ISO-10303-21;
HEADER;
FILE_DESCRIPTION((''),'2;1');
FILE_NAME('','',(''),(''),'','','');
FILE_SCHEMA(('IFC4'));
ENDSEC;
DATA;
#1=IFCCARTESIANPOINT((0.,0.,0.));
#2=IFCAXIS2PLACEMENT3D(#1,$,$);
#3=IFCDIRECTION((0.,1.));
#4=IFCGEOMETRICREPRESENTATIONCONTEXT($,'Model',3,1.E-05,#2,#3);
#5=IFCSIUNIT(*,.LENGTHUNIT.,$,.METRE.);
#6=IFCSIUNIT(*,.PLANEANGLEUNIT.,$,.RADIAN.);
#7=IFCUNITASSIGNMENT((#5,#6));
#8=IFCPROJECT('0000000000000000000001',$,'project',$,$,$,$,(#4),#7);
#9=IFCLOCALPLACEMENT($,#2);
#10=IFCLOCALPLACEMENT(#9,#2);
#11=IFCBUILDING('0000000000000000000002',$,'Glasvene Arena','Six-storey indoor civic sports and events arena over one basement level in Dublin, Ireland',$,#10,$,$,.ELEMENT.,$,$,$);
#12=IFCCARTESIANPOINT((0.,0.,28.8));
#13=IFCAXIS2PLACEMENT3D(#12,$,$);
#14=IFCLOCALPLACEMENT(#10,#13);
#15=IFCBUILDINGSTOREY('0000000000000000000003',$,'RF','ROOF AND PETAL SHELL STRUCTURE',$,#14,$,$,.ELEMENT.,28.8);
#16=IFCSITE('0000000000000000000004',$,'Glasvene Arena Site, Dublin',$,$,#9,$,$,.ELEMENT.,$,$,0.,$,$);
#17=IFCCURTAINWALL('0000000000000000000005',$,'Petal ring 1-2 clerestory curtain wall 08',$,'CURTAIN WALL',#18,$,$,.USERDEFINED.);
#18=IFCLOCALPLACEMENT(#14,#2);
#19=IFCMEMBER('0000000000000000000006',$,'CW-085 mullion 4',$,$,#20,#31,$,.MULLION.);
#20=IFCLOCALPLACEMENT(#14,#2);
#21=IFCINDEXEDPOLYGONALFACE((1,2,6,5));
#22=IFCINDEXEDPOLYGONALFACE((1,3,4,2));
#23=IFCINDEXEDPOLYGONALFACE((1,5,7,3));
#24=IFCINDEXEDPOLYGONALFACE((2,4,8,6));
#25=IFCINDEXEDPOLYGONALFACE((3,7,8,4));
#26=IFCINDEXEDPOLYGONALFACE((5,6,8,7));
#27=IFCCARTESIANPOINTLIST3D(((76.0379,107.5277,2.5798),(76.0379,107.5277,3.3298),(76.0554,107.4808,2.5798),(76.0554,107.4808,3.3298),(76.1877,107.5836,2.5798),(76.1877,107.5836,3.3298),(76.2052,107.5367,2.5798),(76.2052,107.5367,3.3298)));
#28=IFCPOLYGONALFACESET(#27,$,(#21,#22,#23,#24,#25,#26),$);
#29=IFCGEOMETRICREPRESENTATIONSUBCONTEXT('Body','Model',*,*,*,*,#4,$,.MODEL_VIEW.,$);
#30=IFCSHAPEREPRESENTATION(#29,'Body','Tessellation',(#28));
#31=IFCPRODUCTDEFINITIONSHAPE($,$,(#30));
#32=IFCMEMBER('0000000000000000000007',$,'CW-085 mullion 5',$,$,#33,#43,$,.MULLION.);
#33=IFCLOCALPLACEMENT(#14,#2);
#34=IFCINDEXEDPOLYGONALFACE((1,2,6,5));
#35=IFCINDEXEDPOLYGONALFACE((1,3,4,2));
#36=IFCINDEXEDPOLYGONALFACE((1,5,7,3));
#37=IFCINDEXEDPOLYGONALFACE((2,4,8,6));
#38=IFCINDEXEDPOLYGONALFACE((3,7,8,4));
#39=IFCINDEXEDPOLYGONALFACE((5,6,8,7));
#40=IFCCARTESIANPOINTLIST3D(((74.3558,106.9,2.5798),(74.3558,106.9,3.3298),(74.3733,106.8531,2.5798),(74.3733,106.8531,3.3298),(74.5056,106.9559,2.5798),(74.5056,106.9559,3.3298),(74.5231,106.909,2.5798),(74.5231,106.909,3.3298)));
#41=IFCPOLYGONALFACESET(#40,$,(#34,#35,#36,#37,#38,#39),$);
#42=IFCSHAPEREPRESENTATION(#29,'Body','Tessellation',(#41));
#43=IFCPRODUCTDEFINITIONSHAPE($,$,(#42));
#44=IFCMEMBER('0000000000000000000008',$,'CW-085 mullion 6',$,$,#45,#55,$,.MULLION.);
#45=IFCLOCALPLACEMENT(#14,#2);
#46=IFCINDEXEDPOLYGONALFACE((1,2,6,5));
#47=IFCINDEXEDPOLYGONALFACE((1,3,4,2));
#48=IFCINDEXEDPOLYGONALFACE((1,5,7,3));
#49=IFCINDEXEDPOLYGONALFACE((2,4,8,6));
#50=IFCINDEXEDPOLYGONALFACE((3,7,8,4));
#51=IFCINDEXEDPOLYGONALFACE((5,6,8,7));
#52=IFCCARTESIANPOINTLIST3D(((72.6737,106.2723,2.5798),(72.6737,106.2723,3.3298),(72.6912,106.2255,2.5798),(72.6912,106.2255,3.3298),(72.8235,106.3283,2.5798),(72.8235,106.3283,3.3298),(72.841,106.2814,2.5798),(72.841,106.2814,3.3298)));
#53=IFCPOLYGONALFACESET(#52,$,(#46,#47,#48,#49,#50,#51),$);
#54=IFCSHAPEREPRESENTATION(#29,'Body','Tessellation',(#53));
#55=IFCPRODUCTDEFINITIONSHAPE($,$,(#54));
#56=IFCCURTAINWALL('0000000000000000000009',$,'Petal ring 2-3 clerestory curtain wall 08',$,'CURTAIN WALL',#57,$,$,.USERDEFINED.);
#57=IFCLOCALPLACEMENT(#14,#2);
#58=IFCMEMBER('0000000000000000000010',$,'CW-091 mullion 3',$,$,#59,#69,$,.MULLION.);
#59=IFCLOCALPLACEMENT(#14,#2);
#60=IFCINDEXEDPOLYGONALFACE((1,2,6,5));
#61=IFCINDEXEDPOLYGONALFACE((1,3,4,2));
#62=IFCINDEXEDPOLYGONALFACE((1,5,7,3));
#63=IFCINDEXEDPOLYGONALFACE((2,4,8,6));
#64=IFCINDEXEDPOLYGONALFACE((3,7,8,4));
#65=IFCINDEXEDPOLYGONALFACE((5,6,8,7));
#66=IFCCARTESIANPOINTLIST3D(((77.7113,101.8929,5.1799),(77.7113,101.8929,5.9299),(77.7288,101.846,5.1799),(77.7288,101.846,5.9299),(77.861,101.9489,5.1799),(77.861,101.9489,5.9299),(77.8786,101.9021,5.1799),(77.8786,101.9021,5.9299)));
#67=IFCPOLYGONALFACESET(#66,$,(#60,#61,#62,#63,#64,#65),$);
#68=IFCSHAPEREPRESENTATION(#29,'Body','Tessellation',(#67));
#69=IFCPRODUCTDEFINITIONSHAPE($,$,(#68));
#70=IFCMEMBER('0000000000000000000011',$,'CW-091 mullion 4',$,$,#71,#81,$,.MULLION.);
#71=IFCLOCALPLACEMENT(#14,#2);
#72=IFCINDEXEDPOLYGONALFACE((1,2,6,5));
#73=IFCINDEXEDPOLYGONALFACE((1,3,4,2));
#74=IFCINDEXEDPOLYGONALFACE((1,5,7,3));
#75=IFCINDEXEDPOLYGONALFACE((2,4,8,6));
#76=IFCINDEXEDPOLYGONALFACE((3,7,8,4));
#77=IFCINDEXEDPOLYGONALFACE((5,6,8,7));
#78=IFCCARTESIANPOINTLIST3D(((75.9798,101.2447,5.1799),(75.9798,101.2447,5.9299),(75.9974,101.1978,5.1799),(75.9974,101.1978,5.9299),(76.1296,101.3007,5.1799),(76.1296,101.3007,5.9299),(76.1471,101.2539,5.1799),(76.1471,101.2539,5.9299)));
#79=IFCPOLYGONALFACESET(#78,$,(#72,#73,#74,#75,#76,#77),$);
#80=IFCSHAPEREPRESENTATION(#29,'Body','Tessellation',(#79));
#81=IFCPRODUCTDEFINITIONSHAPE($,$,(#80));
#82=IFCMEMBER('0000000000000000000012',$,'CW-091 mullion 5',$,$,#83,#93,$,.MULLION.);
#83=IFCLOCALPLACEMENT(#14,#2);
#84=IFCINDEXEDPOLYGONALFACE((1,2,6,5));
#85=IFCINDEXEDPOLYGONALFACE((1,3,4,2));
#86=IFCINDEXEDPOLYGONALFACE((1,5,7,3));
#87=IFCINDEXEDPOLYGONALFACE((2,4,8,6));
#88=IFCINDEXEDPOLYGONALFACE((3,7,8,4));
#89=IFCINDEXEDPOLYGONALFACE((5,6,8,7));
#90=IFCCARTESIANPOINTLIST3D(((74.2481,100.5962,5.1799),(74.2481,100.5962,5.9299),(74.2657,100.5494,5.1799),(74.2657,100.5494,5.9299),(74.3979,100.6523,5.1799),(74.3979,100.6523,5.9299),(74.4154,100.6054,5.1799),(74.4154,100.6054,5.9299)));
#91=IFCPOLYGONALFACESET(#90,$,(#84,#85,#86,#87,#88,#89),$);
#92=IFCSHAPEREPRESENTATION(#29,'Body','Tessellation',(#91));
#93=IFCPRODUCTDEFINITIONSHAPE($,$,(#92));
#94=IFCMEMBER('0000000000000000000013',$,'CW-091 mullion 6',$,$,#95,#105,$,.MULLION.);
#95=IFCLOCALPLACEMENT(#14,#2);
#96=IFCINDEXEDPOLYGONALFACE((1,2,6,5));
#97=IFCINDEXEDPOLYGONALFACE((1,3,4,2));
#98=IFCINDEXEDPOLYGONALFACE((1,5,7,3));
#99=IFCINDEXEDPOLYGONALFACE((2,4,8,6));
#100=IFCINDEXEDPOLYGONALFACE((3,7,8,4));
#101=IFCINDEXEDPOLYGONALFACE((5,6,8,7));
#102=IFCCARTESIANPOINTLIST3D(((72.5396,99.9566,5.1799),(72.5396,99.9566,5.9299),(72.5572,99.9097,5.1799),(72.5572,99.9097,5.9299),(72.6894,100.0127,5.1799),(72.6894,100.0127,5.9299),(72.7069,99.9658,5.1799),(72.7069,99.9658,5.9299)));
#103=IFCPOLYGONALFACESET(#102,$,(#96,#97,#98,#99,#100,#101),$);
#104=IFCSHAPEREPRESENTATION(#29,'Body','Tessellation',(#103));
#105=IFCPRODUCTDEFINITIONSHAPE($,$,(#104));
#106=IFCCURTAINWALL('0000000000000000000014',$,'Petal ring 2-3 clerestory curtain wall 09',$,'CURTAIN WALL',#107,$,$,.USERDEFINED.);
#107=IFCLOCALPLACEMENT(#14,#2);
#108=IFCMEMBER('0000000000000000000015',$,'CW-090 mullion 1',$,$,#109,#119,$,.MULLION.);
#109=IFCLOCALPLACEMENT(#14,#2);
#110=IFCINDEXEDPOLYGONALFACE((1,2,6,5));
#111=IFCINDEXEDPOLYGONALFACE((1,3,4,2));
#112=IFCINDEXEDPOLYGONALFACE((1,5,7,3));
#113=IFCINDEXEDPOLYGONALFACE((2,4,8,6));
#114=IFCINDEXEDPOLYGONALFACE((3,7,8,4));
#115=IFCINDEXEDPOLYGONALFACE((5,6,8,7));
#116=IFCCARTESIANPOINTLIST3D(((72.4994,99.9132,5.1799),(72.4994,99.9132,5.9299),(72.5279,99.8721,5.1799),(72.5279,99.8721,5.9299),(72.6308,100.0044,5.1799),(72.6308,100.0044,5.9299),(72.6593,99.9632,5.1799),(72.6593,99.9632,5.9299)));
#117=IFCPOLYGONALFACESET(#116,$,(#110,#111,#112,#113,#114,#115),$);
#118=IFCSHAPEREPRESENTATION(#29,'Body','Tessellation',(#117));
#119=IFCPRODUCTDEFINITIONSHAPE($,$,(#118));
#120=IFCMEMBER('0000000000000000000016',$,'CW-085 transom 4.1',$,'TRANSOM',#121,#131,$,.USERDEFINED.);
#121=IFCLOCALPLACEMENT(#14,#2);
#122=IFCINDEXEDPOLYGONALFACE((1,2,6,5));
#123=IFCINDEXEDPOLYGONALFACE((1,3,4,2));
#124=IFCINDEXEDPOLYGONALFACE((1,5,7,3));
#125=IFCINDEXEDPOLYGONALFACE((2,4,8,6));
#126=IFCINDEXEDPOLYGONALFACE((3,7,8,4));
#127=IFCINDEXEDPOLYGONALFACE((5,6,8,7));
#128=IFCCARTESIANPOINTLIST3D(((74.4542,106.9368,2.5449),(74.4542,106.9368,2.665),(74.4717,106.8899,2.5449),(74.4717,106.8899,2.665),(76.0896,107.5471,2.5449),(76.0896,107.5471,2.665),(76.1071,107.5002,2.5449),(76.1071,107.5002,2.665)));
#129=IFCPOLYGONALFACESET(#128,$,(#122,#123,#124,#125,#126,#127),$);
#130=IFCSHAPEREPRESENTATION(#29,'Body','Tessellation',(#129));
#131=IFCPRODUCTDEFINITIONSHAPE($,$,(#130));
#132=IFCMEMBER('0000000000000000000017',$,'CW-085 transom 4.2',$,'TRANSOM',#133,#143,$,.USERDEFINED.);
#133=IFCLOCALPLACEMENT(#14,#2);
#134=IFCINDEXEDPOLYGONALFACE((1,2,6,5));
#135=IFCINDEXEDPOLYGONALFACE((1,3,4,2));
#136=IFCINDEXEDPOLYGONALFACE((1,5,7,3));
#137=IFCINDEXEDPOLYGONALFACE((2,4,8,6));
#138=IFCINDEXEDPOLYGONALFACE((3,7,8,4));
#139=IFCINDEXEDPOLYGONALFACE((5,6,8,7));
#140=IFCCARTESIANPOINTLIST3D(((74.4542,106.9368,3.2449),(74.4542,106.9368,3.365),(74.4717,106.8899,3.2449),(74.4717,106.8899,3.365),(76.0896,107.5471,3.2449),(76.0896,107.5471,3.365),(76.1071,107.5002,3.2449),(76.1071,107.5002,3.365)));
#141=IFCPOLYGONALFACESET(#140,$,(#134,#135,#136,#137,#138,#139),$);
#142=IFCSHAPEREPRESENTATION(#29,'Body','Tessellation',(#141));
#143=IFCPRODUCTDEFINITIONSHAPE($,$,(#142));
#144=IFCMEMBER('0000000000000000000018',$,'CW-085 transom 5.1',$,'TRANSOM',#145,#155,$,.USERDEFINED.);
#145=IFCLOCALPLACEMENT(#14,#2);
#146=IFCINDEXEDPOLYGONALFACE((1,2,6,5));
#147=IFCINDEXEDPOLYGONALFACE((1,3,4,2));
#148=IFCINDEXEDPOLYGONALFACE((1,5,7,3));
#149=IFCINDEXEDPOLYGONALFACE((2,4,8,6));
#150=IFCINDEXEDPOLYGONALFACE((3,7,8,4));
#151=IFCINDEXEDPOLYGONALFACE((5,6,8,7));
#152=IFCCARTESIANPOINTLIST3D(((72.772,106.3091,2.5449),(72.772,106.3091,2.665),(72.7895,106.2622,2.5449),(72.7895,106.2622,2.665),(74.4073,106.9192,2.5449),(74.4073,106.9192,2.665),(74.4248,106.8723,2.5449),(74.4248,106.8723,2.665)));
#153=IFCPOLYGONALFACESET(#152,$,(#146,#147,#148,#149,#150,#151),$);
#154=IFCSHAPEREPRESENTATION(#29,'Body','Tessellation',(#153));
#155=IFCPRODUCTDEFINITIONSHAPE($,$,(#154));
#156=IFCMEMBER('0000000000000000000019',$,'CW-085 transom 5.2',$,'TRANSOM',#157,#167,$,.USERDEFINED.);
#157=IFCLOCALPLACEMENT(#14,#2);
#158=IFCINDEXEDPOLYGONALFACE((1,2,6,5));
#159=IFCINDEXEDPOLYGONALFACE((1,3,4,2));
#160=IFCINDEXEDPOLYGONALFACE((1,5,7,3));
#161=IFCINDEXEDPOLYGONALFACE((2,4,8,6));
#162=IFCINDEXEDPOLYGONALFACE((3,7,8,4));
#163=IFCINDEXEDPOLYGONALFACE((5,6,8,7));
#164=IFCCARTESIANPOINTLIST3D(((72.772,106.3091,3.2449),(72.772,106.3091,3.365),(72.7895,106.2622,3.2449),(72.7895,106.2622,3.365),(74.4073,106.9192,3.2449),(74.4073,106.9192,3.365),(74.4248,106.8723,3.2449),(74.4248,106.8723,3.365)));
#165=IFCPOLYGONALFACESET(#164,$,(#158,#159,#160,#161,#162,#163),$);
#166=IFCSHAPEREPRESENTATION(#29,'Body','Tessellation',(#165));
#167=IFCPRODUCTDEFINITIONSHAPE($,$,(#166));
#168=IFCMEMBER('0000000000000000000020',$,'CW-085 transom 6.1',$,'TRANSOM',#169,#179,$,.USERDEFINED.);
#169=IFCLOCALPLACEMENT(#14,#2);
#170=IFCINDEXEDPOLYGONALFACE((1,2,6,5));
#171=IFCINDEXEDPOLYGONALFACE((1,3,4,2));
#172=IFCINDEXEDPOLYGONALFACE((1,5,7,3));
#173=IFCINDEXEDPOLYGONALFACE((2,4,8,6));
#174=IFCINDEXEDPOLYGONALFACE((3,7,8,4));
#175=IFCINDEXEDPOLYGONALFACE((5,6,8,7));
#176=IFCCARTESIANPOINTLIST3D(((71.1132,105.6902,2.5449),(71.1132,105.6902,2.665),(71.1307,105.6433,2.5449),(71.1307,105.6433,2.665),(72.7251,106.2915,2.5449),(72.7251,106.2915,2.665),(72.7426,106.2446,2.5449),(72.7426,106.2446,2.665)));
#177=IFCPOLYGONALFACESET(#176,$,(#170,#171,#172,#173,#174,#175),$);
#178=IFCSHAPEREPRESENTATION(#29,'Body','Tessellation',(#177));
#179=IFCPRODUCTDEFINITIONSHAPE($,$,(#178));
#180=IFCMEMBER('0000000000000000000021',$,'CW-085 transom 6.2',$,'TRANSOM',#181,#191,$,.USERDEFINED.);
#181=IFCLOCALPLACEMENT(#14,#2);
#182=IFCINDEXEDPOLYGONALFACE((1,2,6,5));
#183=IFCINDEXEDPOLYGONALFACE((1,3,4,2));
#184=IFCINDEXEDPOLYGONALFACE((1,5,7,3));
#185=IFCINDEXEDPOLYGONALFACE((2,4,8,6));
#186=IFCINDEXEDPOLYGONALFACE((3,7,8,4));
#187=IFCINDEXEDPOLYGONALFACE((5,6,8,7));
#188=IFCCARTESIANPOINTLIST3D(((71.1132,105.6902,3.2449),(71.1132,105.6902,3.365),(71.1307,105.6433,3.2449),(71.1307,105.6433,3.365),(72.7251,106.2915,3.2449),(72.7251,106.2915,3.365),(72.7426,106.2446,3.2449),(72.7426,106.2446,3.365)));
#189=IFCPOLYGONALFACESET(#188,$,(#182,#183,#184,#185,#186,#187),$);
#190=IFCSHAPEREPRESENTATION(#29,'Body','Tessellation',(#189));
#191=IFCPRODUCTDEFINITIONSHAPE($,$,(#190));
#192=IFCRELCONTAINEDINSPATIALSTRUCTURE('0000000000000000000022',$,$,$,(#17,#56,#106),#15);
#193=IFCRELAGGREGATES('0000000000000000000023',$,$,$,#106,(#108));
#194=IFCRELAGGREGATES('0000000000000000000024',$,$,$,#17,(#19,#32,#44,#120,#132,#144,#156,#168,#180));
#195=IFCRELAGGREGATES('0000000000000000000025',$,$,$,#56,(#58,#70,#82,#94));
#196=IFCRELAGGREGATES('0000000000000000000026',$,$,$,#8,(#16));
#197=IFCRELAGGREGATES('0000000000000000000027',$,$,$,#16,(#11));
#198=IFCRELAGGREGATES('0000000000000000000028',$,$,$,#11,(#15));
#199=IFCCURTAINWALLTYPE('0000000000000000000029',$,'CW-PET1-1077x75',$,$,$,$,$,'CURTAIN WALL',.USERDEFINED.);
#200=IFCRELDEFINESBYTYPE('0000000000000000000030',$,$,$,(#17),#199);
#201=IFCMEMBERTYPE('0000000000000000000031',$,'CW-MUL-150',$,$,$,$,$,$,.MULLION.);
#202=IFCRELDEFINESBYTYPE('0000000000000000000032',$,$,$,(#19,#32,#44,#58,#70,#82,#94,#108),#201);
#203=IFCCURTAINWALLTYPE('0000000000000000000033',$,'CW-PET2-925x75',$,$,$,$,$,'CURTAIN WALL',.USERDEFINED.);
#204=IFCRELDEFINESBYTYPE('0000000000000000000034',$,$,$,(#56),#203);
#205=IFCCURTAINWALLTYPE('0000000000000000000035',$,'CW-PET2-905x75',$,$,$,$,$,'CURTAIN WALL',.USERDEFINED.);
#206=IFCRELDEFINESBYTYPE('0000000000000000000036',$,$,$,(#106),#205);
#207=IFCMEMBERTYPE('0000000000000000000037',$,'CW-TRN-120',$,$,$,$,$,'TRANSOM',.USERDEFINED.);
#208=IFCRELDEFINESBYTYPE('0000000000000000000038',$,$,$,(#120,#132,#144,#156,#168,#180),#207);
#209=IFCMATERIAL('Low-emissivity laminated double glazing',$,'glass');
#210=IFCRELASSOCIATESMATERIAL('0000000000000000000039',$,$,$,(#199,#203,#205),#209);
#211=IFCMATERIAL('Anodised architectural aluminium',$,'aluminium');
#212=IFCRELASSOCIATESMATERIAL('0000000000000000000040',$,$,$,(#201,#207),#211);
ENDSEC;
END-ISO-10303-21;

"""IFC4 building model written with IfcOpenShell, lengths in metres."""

from ifc_helpers import new_model, si_unit, direction, frame, origin, origin_2d, place, context, subcontext, project, spatial, rectangle, extrude, material, material_profile, profile_set, type_object, element, aggregate, save


model = new_model("IFC4")

# Units and contexts
model_context = context("Model", 3, precision=1e-05, world=origin(), true_north=direction((0.0, 1.0)))
body_context = subcontext(model_context, "Body", "Model", "MODEL_VIEW")
ifc_project = project(units=[si_unit("LENGTHUNIT", "METRE"), si_unit("PLANEANGLEUNIT", "RADIAN")], contexts=[model_context])

# Site, building, storey
site_placement = place(None, origin())
site = spatial("IfcSite", under=ifc_project, at=site_placement, Name="Glasvene Arena Site, Dublin", CompositionType="ELEMENT", RefElevation=0.0)
building_placement = place(site_placement, origin())
building = spatial("IfcBuilding", under=site, at=building_placement, Name="Glasvene Arena", Description="Six-storey indoor civic sports and events arena over one basement level in Dublin, Ireland", CompositionType="ELEMENT")
storey_placement = place(building_placement, frame((0.0, 0.0, 28.8)))
storey = spatial("IfcBuildingStorey", under=building, at=storey_placement, Name="RF", Description="ROOF AND PETAL SHELL STRUCTURE", CompositionType="ELEMENT", Elevation=28.8)

# Curtain walls, members
ifc_material_1 = material(Name="Low-emissivity laminated double glazing", Category="glass")
curtain_wall_type_1 = type_object("IfcCurtainWallType", Name="CW-PET1-1077x75", ElementType="CURTAIN WALL", PredefinedType="USERDEFINED", material=ifc_material_1)
curtain_wall_1_placement = place(storey_placement, frame((81.1685, 109.4153, 0.0)))
curtain_wall_1 = element("IfcCurtainWall", 1, at=curtain_wall_1_placement, inside=storey, type_object=curtain_wall_type_1, Name="Petal ring 1-2 clerestory curtain wall 08", ObjectType="CURTAIN WALL", PredefinedType="USERDEFINED")
ifc_material_2 = material(Name="Anodised architectural aluminium", Category="aluminium")
ifc_material_profile_1 = material_profile(ifc_material_2, rectangle(XDim=0.05, YDim=0.1599, at=origin_2d()), Name="ALU MULLION 50x160")
ifc_profile_set_1 = profile_set([ifc_material_profile_1], Name="Anodised architectural aluminium")
member_type_1 = type_object("IfcMemberType", Name="CW-MUL-150", PredefinedType="MULLION", material=ifc_profile_set_1)
member_1_placement = place(storey_placement, frame((76.1216, 107.5322, 2.5798), z_axis=(0.0, 0.0, 1.0), x_axis=(0.349591, -0.936902, 0.0)))
member_1 = element("IfcMember", 2, at=member_1_placement, type_object=member_type_1, Name="CW-085 mullion 4", PredefinedType="MULLION", context=body_context, shape_type="SweptSolid", body=[
    extrude(rectangle(XDim=0.05, YDim=0.1599, at=origin_2d()), origin(), (0.0, 0.0, 1.0), 0.75),
])
member_2_placement = place(storey_placement, frame((74.4395, 106.9045, 2.5798), z_axis=(0.0, 0.0, 1.0), x_axis=(0.349591, -0.936902, 0.0)))
member_2 = element("IfcMember", 3, at=member_2_placement, type_object=member_type_1, Name="CW-085 mullion 5", PredefinedType="MULLION", context=body_context, shape_type="SweptSolid", body=[
    extrude(rectangle(XDim=0.05, YDim=0.1599, at=origin_2d()), origin(), (0.0, 0.0, 1.0), 0.75),
])
member_3_placement = place(storey_placement, frame((72.7573, 106.2769, 2.5798), z_axis=(0.0, 0.0, 1.0), x_axis=(0.349591, -0.936902, 0.0)))
member_3 = element("IfcMember", 4, at=member_3_placement, type_object=member_type_1, Name="CW-085 mullion 6", PredefinedType="MULLION", context=body_context, shape_type="SweptSolid", body=[
    extrude(rectangle(XDim=0.05, YDim=0.1599, at=origin_2d()), origin(), (0.0, 0.0, 1.0), 0.75),
])
curtain_wall_type_2 = type_object("IfcCurtainWallType", Name="CW-PET2-925x75", ElementType="CURTAIN WALL", PredefinedType="USERDEFINED", material=ifc_material_1)
curtain_wall_2_placement = place(storey_placement, frame((81.2583, 103.1943, 0.0)))
curtain_wall_2 = element("IfcCurtainWall", 5, at=curtain_wall_2_placement, inside=storey, type_object=curtain_wall_type_2, Name="Petal ring 2-3 clerestory curtain wall 08", ObjectType="CURTAIN WALL", PredefinedType="USERDEFINED")
member_4_placement = place(storey_placement, frame((77.7949, 101.8975, 5.1799), z_axis=(0.0, 0.0, 1.0), x_axis=(0.35064, -0.93651, 0.0)))
member_4 = element("IfcMember", 6, at=member_4_placement, type_object=member_type_1, Name="CW-091 mullion 3", PredefinedType="MULLION", context=body_context, shape_type="SweptSolid", body=[
    extrude(rectangle(XDim=0.05, YDim=0.1599, at=origin_2d()), origin(), (0.0, 0.0, 1.0), 0.75),
])
member_5_placement = place(storey_placement, frame((76.0635, 101.2493, 5.1799), z_axis=(0.0, 0.0, 1.0), x_axis=(0.35064, -0.93651, 0.0)))
member_5 = element("IfcMember", 7, at=member_5_placement, type_object=member_type_1, Name="CW-091 mullion 4", PredefinedType="MULLION", context=body_context, shape_type="SweptSolid", body=[
    extrude(rectangle(XDim=0.05, YDim=0.1599, at=origin_2d()), origin(), (0.0, 0.0, 1.0), 0.75),
])
member_6_placement = place(storey_placement, frame((74.3318, 100.6008, 5.1799), z_axis=(0.0, 0.0, 1.0), x_axis=(0.35064, -0.93651, 0.0)))
member_6 = element("IfcMember", 8, at=member_6_placement, type_object=member_type_1, Name="CW-091 mullion 5", PredefinedType="MULLION", context=body_context, shape_type="SweptSolid", body=[
    extrude(rectangle(XDim=0.05, YDim=0.1599, at=origin_2d()), origin(), (0.0, 0.0, 1.0), 0.75),
])
member_7_placement = place(storey_placement, frame((72.6233, 99.9612, 5.1799), z_axis=(0.0, 0.0, 1.0), x_axis=(0.35064, -0.93651, 0.0)))
member_7 = element("IfcMember", 9, at=member_7_placement, type_object=member_type_1, Name="CW-091 mullion 6", PredefinedType="MULLION", context=body_context, shape_type="SweptSolid", body=[
    extrude(rectangle(XDim=0.05, YDim=0.1599, at=origin_2d()), origin(), (0.0, 0.0, 1.0), 0.75),
])

# Curtain wall, member
curtain_wall_type_3 = type_object("IfcCurtainWallType", Name="CW-PET2-905x75", ElementType="CURTAIN WALL", PredefinedType="USERDEFINED", material=ifc_material_1)
curtain_wall_3_placement = place(storey_placement, frame((72.6001, 99.9524, 0.0)))
curtain_wall_3 = element("IfcCurtainWall", 10, at=curtain_wall_3_placement, inside=storey, type_object=curtain_wall_type_3, Name="Petal ring 2-3 clerestory curtain wall 09", ObjectType="CURTAIN WALL", PredefinedType="USERDEFINED")
member_8_placement = place(storey_placement, frame((72.5793, 99.9382, 5.1799), z_axis=(0.0, 0.0, 1.0), x_axis=(0.569921, -0.821699, 0.0)))
member_8 = element("IfcMember", 11, at=member_8_placement, type_object=member_type_1, Name="CW-090 mullion 1", PredefinedType="MULLION", context=body_context, shape_type="SweptSolid", body=[
    extrude(rectangle(XDim=0.05, YDim=0.1599, at=origin_2d()), origin(), (0.0, 0.0, 1.0), 0.75),
])

# Members
ifc_material_profile_2 = material_profile(ifc_material_2, rectangle(XDim=0.05, YDim=0.1201, at=origin_2d()), Name="ALU TRANSOM 50x120")
ifc_profile_set_2 = profile_set([ifc_material_profile_2], Name="Anodised architectural aluminium")
member_type_2 = type_object("IfcMemberType", Name="CW-TRN-120", ElementType="TRANSOM", PredefinedType="USERDEFINED", material=ifc_profile_set_2)
member_9_placement = place(storey_placement, frame((76.0984, 107.5237, 2.605), z_axis=(-0.936885, -0.349636, 0.0), x_axis=(0.349636, -0.936885, 0.0)))
member_9 = element("IfcMember", 12, at=member_9_placement, type_object=member_type_2, Name="CW-085 transom 4.1", ObjectType="TRANSOM", PredefinedType="USERDEFINED", context=body_context, shape_type="SweptSolid", body=[
    extrude(rectangle(XDim=0.05, YDim=0.1201, at=origin_2d()), origin(), (0.0, 0.0, 1.0), 1.7456),
])
member_10_placement = place(storey_placement, frame((76.0984, 107.5237, 3.3049), z_axis=(-0.936885, -0.349636, 0.0), x_axis=(0.349636, -0.936885, 0.0)))
member_10 = element("IfcMember", 13, at=member_10_placement, type_object=member_type_2, Name="CW-085 transom 4.2", ObjectType="TRANSOM", PredefinedType="USERDEFINED", context=body_context, shape_type="SweptSolid", body=[
    extrude(rectangle(XDim=0.05, YDim=0.1201, at=origin_2d()), origin(), (0.0, 0.0, 1.0), 1.7456),
])
member_11_placement = place(storey_placement, frame((74.416, 106.8958, 2.605), z_axis=(-0.936914, -0.349559, 0.0), x_axis=(0.349559, -0.936914, 0.0)))
member_11 = element("IfcMember", 14, at=member_11_placement, type_object=member_type_2, Name="CW-085 transom 5.1", ObjectType="TRANSOM", PredefinedType="USERDEFINED", context=body_context, shape_type="SweptSolid", body=[
    extrude(rectangle(XDim=0.05, YDim=0.1201, at=origin_2d()), origin(), (0.0, 0.0, 1.0), 1.7454),
])
member_12_placement = place(storey_placement, frame((74.416, 106.8958, 3.3049), z_axis=(-0.936914, -0.349559, 0.0), x_axis=(0.349559, -0.936914, 0.0)))
member_12 = element("IfcMember", 15, at=member_12_placement, type_object=member_type_2, Name="CW-085 transom 5.2", ObjectType="TRANSOM", PredefinedType="USERDEFINED", context=body_context, shape_type="SweptSolid", body=[
    extrude(rectangle(XDim=0.05, YDim=0.1201, at=origin_2d()), origin(), (0.0, 0.0, 1.0), 1.7454),
])
member_13_placement = place(storey_placement, frame((72.7339, 106.2681, 2.605), z_axis=(-0.93694, -0.34949, 0.0), x_axis=(0.34949, -0.93694, 0.0)))
member_13 = element("IfcMember", 16, at=member_13_placement, type_object=member_type_2, Name="CW-085 transom 6.1", ObjectType="TRANSOM", PredefinedType="USERDEFINED", context=body_context, shape_type="SweptSolid", body=[
    extrude(rectangle(XDim=0.05, YDim=0.1201, at=origin_2d()), origin(), (0.0, 0.0, 1.0), 1.7205),
])
member_14_placement = place(storey_placement, frame((72.7339, 106.2681, 3.3049), z_axis=(-0.93694, -0.34949, 0.0), x_axis=(0.34949, -0.93694, 0.0)))
member_14 = element("IfcMember", 17, at=member_14_placement, type_object=member_type_2, Name="CW-085 transom 6.2", ObjectType="TRANSOM", PredefinedType="USERDEFINED", context=body_context, shape_type="SweptSolid", body=[
    extrude(rectangle(XDim=0.05, YDim=0.1201, at=origin_2d()), origin(), (0.0, 0.0, 1.0), 1.7205),
])
aggregate(curtain_wall_3, [member_8])

aggregate(curtain_wall_1, [member_1, member_2, member_3, member_9, member_10, member_11, member_12, member_13, member_14])
aggregate(curtain_wall_2, [member_4, member_5, member_6, member_7])

save(model, "model.ifc")
